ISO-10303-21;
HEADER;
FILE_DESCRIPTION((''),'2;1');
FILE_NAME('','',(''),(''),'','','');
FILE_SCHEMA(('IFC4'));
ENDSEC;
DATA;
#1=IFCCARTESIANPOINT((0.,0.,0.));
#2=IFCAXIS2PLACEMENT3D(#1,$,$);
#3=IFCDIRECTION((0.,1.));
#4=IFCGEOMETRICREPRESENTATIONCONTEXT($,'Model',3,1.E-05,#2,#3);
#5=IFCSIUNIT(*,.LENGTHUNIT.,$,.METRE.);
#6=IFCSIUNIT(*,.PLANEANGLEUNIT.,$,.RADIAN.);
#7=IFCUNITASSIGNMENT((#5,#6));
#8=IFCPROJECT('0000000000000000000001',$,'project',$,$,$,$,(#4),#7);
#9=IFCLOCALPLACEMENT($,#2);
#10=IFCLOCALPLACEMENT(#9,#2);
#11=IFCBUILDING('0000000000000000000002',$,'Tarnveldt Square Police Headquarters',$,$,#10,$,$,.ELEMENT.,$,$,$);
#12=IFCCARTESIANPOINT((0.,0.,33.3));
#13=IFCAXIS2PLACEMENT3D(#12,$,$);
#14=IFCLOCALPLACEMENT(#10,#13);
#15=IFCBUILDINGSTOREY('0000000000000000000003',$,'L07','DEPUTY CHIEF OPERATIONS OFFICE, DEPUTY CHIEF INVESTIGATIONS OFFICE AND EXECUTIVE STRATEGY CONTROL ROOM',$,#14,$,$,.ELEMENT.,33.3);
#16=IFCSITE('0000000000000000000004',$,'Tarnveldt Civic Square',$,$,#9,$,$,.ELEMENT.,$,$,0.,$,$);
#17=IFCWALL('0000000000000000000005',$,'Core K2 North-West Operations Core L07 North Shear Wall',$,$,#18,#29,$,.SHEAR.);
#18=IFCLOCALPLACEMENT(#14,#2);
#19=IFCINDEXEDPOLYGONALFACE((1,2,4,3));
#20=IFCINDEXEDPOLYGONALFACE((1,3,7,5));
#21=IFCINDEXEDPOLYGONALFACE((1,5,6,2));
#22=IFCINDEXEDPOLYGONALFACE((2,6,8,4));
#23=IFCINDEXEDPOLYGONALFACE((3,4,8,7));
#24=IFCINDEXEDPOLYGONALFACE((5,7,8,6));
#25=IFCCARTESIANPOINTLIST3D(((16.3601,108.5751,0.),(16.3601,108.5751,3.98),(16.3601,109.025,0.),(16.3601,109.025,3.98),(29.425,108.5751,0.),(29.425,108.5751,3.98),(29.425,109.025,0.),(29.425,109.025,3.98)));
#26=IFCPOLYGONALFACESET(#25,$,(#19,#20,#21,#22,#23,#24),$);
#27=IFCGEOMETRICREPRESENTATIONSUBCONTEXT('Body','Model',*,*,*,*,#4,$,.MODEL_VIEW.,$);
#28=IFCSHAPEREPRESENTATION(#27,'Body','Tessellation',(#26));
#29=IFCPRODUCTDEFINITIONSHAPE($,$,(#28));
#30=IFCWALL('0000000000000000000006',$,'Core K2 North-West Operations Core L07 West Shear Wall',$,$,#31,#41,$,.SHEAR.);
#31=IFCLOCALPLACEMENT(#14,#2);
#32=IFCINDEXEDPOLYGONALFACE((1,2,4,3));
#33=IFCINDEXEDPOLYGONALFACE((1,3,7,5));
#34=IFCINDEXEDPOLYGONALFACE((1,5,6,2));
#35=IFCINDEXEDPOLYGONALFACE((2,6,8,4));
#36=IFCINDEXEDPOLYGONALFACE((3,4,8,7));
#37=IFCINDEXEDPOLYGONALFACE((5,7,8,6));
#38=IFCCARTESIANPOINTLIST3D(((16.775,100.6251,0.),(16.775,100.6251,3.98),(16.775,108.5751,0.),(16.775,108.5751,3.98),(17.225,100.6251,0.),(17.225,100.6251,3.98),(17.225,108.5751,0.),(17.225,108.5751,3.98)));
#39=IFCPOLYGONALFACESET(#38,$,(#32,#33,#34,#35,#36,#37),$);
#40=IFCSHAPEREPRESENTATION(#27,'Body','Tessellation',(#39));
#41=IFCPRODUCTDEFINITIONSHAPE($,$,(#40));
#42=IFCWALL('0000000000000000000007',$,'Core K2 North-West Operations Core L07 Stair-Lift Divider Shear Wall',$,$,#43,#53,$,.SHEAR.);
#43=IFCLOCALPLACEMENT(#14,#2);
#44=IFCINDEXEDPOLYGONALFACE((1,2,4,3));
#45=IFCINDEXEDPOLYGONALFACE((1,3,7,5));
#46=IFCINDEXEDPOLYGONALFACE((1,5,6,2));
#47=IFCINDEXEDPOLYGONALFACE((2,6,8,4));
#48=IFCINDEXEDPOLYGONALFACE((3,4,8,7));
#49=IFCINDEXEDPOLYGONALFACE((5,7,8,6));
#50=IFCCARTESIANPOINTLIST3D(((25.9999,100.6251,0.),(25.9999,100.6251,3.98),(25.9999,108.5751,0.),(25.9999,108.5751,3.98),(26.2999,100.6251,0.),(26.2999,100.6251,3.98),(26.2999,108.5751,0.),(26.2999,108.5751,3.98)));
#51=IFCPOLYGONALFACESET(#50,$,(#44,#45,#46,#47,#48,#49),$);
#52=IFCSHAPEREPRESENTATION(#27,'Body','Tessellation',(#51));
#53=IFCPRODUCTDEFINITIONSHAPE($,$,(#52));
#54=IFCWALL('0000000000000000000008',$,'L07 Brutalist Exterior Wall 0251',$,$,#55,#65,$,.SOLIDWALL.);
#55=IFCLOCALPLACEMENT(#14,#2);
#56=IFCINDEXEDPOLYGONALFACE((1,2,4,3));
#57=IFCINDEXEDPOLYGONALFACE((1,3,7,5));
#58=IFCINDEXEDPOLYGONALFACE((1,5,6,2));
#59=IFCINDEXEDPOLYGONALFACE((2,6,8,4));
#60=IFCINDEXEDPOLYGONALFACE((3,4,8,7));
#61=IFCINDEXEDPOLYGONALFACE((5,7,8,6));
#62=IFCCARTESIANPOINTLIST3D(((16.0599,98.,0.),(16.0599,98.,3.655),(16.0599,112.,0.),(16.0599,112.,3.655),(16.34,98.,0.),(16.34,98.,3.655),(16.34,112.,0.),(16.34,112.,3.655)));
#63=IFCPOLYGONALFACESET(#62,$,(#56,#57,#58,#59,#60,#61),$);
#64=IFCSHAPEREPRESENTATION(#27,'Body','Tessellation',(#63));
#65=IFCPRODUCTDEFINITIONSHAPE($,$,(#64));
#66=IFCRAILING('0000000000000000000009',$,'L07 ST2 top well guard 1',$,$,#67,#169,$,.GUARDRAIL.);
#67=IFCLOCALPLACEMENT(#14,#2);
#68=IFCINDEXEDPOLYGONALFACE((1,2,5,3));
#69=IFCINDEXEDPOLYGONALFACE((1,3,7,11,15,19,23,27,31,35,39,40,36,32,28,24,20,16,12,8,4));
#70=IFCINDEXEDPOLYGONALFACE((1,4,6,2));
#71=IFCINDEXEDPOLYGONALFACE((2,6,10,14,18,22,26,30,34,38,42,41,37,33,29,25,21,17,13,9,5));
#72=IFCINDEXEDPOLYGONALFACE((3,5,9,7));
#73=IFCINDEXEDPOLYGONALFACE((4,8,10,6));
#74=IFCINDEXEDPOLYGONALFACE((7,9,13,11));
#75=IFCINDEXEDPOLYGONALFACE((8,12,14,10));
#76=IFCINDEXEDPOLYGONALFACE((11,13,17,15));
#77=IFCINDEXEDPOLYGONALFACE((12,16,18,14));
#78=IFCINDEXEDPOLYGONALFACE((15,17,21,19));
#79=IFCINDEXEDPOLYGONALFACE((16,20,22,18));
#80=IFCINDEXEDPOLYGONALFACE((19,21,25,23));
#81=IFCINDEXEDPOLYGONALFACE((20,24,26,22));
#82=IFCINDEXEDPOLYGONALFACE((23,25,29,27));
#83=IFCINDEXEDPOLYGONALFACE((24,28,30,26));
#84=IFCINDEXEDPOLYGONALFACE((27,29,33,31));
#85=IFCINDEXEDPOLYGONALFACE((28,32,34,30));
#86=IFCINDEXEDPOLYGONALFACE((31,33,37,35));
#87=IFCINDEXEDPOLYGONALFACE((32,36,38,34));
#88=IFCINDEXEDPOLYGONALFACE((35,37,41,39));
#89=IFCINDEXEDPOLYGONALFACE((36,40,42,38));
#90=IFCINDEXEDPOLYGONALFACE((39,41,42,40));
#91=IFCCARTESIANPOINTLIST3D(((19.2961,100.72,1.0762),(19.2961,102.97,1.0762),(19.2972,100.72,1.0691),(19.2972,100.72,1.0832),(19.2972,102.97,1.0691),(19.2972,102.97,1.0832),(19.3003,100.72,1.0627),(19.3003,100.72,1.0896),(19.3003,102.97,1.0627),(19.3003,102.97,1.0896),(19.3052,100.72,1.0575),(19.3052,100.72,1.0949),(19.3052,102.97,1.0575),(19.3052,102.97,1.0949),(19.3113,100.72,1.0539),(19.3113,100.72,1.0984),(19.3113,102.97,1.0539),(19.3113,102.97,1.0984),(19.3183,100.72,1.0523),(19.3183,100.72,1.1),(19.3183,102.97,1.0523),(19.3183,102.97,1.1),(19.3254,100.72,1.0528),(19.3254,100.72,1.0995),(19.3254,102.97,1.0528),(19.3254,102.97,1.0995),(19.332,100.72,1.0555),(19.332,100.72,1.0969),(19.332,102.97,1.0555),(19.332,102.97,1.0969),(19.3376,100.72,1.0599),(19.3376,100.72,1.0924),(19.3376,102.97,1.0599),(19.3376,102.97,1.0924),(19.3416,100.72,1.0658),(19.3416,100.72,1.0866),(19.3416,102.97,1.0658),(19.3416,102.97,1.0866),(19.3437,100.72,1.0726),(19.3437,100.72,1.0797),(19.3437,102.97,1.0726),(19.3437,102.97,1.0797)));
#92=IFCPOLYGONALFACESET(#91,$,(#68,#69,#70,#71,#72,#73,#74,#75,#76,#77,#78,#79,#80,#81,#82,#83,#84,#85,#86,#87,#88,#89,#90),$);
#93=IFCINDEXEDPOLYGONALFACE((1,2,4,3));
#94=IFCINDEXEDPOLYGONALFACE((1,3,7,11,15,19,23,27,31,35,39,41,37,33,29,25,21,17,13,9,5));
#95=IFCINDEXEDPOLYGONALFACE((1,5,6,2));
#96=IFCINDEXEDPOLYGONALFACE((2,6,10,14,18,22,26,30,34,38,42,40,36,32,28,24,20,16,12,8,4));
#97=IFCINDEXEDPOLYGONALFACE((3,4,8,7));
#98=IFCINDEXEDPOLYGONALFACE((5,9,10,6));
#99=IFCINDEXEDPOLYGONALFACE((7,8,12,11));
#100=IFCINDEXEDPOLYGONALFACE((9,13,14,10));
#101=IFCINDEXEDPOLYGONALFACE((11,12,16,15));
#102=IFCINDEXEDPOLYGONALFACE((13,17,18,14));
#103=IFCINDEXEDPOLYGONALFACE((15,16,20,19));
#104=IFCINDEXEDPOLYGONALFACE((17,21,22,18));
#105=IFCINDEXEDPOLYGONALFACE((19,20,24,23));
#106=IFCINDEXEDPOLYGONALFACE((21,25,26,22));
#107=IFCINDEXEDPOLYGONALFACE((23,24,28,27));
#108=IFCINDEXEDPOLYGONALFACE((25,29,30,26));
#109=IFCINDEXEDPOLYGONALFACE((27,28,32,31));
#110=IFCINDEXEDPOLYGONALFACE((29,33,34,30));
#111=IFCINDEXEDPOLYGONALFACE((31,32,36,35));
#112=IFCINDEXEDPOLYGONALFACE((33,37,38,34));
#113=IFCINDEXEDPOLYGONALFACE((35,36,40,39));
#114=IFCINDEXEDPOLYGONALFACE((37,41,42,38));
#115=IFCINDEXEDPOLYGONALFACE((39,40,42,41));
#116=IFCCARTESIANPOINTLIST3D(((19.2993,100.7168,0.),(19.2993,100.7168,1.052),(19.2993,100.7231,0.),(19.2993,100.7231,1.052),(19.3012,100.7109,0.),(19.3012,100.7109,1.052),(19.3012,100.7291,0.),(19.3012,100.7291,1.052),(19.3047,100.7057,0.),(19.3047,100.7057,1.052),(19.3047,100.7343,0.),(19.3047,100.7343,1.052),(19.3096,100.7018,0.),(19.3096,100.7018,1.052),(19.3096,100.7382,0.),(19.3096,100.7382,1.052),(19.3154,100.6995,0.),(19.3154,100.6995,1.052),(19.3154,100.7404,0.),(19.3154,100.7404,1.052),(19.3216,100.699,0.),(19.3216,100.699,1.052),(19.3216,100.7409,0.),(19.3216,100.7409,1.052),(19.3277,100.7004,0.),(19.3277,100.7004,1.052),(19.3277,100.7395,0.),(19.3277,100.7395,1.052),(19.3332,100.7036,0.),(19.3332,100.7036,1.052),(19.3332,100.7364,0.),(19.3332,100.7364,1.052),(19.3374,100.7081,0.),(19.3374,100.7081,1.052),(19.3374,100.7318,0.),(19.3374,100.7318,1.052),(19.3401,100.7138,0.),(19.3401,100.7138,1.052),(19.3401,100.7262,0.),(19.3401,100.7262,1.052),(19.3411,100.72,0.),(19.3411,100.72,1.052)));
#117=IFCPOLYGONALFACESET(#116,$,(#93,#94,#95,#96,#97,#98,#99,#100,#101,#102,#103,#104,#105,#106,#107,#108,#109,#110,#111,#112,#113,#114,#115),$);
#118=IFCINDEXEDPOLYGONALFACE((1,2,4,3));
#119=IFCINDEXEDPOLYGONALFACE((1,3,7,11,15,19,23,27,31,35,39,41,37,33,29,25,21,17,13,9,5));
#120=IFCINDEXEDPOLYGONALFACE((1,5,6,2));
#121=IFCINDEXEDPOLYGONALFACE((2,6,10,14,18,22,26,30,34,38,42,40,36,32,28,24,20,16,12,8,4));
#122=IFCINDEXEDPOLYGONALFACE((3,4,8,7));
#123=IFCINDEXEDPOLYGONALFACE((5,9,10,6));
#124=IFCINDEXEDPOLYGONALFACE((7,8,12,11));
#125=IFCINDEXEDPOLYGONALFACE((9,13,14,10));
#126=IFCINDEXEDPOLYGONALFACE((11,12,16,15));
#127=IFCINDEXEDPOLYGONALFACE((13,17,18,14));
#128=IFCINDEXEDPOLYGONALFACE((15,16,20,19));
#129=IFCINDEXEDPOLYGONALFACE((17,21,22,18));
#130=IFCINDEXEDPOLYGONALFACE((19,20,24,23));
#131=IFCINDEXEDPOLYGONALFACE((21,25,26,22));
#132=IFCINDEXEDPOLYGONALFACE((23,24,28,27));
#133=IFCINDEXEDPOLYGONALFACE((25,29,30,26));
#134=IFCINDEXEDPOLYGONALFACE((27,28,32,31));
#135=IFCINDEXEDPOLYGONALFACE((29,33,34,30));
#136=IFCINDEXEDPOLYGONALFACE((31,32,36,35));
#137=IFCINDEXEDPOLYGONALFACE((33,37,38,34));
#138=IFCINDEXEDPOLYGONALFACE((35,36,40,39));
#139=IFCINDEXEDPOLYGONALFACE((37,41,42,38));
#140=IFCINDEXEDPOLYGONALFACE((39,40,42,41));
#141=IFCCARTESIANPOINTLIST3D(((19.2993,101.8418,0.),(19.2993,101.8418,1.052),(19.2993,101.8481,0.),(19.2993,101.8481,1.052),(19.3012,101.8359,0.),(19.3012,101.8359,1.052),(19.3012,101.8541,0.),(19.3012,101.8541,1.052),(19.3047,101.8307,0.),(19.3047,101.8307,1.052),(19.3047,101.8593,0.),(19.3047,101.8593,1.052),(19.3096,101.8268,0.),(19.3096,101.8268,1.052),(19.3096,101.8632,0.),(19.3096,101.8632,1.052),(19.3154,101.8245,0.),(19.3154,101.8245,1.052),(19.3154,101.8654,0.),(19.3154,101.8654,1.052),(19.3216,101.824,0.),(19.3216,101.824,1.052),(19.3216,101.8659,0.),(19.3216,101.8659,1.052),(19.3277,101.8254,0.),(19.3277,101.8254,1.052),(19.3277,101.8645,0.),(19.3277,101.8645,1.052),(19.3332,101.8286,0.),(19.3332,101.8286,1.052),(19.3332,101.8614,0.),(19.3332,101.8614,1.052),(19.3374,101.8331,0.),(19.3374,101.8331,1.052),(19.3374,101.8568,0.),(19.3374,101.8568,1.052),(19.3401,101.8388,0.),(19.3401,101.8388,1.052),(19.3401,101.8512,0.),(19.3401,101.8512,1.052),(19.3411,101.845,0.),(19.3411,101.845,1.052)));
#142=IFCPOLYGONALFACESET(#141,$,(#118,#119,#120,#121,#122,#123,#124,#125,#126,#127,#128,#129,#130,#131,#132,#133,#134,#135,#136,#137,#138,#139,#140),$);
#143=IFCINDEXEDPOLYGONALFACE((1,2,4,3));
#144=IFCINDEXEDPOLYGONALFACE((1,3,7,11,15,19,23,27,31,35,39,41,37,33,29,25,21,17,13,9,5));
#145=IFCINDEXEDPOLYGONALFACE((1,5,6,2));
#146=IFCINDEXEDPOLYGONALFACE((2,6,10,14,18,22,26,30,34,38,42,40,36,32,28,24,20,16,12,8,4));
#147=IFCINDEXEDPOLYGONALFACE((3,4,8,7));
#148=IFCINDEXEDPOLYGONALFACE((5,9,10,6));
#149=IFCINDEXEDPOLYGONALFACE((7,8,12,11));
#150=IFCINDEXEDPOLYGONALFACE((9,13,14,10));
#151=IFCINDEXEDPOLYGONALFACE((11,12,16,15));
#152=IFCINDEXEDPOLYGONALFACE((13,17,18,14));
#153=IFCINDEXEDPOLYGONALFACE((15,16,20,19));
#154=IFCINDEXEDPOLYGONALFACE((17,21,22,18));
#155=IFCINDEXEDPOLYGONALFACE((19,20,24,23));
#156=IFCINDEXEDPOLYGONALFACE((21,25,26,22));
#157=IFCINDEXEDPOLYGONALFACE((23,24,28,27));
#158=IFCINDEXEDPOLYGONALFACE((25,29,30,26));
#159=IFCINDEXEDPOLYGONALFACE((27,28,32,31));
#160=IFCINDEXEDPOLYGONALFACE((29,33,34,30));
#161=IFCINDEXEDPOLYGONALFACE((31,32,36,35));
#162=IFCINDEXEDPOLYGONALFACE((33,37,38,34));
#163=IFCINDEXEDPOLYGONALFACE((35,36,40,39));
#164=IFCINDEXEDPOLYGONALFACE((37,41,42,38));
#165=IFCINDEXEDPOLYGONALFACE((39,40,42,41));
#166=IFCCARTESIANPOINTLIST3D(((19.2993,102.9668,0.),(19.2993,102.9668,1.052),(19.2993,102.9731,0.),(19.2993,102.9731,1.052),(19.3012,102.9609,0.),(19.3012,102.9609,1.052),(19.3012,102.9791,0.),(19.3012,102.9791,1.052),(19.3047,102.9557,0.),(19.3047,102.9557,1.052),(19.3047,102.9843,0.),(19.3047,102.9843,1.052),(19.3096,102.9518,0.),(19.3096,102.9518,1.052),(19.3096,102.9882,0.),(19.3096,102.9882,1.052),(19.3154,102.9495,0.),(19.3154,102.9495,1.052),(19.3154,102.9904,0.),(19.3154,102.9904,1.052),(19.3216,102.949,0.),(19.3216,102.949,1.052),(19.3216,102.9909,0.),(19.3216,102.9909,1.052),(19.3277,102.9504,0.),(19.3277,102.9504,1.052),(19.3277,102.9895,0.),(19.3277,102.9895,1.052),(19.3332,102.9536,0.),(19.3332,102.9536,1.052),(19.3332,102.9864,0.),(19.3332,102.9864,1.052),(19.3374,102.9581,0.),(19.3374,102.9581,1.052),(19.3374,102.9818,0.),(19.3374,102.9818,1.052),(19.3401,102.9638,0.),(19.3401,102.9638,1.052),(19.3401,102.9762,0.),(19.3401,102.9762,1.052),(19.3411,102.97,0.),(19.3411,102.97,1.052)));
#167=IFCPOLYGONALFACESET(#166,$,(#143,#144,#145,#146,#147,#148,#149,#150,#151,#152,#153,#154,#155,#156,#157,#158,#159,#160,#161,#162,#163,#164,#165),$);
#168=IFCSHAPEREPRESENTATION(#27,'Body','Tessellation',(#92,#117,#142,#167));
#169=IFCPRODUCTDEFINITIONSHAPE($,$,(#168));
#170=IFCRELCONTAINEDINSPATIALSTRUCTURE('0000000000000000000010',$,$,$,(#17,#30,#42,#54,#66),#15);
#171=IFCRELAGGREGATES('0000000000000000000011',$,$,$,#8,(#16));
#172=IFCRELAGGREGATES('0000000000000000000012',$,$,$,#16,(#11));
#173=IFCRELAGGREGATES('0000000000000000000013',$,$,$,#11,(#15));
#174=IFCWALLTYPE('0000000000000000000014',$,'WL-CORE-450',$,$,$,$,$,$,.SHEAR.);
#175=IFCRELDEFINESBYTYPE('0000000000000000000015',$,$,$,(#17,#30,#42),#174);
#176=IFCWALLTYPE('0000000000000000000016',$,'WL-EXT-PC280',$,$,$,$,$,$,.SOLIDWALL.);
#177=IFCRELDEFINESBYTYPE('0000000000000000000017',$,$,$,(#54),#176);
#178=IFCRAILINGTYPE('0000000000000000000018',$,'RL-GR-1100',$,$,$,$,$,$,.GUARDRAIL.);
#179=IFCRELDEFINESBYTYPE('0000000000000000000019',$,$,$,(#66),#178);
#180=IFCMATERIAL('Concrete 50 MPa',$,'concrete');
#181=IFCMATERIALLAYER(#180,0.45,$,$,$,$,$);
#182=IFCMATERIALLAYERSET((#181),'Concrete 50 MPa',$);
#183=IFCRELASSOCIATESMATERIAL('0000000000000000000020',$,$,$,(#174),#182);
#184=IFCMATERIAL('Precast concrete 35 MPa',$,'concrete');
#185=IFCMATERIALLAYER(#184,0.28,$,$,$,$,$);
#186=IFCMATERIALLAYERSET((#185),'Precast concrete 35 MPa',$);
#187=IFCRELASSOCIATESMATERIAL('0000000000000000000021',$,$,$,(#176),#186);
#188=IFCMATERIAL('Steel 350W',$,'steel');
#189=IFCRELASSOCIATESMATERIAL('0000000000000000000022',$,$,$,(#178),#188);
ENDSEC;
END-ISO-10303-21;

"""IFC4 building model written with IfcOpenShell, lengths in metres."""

from ifc_helpers import new_model, si_unit, direction, frame, frame_2d, origin, origin_2d, place, context, subcontext, project, spatial, rectangle, circle, extrude, material, layer, layer_set, type_object, element, save


model = new_model("IFC4")

# Units and contexts
model_context = context("Model", 3, precision=1e-05, world=origin(), true_north=direction((0.0, 1.0)))
body_context = subcontext(model_context, "Body", "Model", "MODEL_VIEW")
ifc_project = project(units=[si_unit("LENGTHUNIT", "METRE"), si_unit("PLANEANGLEUNIT", "RADIAN")], contexts=[model_context])

# Site, building, storey
site_placement = place(None, origin())
site = spatial("IfcSite", under=ifc_project, at=site_placement, Name="Tarnveldt Civic Square", CompositionType="ELEMENT", RefElevation=0.0)
building_placement = place(site_placement, origin())
building = spatial("IfcBuilding", under=site, at=building_placement, Name="Tarnveldt Square Police Headquarters", CompositionType="ELEMENT")
storey_placement = place(building_placement, frame((0.0, 0.0, 33.3)))
storey = spatial("IfcBuildingStorey", under=building, at=storey_placement, Name="L07", Description="DEPUTY CHIEF OPERATIONS OFFICE, DEPUTY CHIEF INVESTIGATIONS OFFICE AND EXECUTIVE STRATEGY CONTROL ROOM", CompositionType="ELEMENT", Elevation=33.3)

# Shared definitions
ifc_material_1 = material(Name="Steel 350W", Category="steel")

# Shared definitions
ifc_material_2 = material(Name="Concrete 50 MPa", Category="concrete")

# Shared definitions
ifc_material_3 = material(Name="Precast concrete 35 MPa", Category="concrete")

# Walls
ifc_layer_1 = layer(ifc_material_2, 0.45)
ifc_layer_set_1 = layer_set([ifc_layer_1], Name="Concrete 50 MPa")
wall_type_1 = type_object("IfcWallType", Name="WL-CORE-450", PredefinedType="SHEAR", material=ifc_layer_set_1)
wall_1_placement = place(storey_placement, frame((16.3601, 108.8, 0.0), z_axis=(0.0, 0.0, 1.0), x_axis=(1.0, 0.0, 0.0)))
element("IfcWall", 1, at=wall_1_placement, inside=storey, type_object=wall_type_1, Name="Core K2 North-West Operations Core L07 North Shear Wall", PredefinedType="SHEAR", context=body_context, shape_type="SweptSolid", body=[
    extrude(rectangle(XDim=13.0649, YDim=0.45, at=frame_2d((6.5325, 0.0))), origin(), (0.0, 0.0, 1.0), 3.98),
])
wall_2_placement = place(storey_placement, frame((17.0, 100.625, 0.0), z_axis=(0.0, 0.0, 1.0), x_axis=(0.0, 1.0, 0.0)))
element("IfcWall", 2, at=wall_2_placement, inside=storey, type_object=wall_type_1, Name="Core K2 North-West Operations Core L07 West Shear Wall", PredefinedType="SHEAR", context=body_context, shape_type="SweptSolid", body=[
    extrude(rectangle(XDim=7.95, YDim=0.45, at=frame_2d((3.9751, 0.0))), origin(), (0.0, 0.0, 1.0), 3.98),
])
wall_3_placement = place(storey_placement, frame((26.1499, 100.625, 0.0), z_axis=(0.0, 0.0, 1.0), x_axis=(0.0, 1.0, 0.0)))
element("IfcWall", 3, at=wall_3_placement, inside=storey, type_object=wall_type_1, Name="Core K2 North-West Operations Core L07 Stair-Lift Divider Shear Wall", PredefinedType="SHEAR", context=body_context, shape_type="SweptSolid", body=[
    extrude(rectangle(XDim=7.95, YDim=0.3, at=frame_2d((3.9751, 0.0))), origin(), (0.0, 0.0, 1.0), 3.98),
])
ifc_layer_2 = layer(ifc_material_3, 0.28)
ifc_layer_set_2 = layer_set([ifc_layer_2], Name="Precast concrete 35 MPa")
wall_type_2 = type_object("IfcWallType", Name="WL-EXT-PC280", PredefinedType="SOLIDWALL", material=ifc_layer_set_2)
wall_4_placement = place(storey_placement, frame((16.2, 112.0, 0.0), z_axis=(0.0, 0.0, 1.0), x_axis=(0.0, -1.0, 0.0)))
element("IfcWall", 4, at=wall_4_placement, inside=storey, type_object=wall_type_2, Name="L07 Brutalist Exterior Wall 0251", PredefinedType="SOLIDWALL", context=body_context, shape_type="SweptSolid", body=[
    extrude(rectangle(XDim=14.0, YDim=0.28, at=frame_2d((7.0, 0.0))), origin(), (0.0, 0.0, 1.0), 3.655),
])

# Railing
railing_type = type_object("IfcRailingType", Name="RL-GR-1100", PredefinedType="GUARDRAIL", material=ifc_material_1)
railing_1_placement = place(storey_placement, frame((19.3201, 100.72, 0.0)))
element("IfcRailing", 5, at=railing_1_placement, inside=storey, type_object=railing_type, Name="L07 ST2 top well guard 1", PredefinedType="GUARDRAIL", context=body_context, shape_type="SweptSolid", body=[
    extrude(circle(Radius=0.0239, at=origin_2d()), frame((0.0, 0.0, 1.0762), z_axis=(0.0, 1.0, 0.0), x_axis=(-1.0, 0.0, 0.0)), (0.0, 0.0, 1.0), 2.25),
    extrude(circle(Radius=0.021, at=origin_2d()), origin(), (0.0, 0.0, 1.0), 1.052),
    extrude(circle(Radius=0.021, at=origin_2d()), frame((0.0, 1.125, 0.0)), (0.0, 0.0, 1.0), 1.052),
    extrude(circle(Radius=0.021, at=origin_2d()), frame((0.0, 2.25, 0.0)), (0.0, 0.0, 1.0), 1.052),
])

save(model, "model.ifc")
